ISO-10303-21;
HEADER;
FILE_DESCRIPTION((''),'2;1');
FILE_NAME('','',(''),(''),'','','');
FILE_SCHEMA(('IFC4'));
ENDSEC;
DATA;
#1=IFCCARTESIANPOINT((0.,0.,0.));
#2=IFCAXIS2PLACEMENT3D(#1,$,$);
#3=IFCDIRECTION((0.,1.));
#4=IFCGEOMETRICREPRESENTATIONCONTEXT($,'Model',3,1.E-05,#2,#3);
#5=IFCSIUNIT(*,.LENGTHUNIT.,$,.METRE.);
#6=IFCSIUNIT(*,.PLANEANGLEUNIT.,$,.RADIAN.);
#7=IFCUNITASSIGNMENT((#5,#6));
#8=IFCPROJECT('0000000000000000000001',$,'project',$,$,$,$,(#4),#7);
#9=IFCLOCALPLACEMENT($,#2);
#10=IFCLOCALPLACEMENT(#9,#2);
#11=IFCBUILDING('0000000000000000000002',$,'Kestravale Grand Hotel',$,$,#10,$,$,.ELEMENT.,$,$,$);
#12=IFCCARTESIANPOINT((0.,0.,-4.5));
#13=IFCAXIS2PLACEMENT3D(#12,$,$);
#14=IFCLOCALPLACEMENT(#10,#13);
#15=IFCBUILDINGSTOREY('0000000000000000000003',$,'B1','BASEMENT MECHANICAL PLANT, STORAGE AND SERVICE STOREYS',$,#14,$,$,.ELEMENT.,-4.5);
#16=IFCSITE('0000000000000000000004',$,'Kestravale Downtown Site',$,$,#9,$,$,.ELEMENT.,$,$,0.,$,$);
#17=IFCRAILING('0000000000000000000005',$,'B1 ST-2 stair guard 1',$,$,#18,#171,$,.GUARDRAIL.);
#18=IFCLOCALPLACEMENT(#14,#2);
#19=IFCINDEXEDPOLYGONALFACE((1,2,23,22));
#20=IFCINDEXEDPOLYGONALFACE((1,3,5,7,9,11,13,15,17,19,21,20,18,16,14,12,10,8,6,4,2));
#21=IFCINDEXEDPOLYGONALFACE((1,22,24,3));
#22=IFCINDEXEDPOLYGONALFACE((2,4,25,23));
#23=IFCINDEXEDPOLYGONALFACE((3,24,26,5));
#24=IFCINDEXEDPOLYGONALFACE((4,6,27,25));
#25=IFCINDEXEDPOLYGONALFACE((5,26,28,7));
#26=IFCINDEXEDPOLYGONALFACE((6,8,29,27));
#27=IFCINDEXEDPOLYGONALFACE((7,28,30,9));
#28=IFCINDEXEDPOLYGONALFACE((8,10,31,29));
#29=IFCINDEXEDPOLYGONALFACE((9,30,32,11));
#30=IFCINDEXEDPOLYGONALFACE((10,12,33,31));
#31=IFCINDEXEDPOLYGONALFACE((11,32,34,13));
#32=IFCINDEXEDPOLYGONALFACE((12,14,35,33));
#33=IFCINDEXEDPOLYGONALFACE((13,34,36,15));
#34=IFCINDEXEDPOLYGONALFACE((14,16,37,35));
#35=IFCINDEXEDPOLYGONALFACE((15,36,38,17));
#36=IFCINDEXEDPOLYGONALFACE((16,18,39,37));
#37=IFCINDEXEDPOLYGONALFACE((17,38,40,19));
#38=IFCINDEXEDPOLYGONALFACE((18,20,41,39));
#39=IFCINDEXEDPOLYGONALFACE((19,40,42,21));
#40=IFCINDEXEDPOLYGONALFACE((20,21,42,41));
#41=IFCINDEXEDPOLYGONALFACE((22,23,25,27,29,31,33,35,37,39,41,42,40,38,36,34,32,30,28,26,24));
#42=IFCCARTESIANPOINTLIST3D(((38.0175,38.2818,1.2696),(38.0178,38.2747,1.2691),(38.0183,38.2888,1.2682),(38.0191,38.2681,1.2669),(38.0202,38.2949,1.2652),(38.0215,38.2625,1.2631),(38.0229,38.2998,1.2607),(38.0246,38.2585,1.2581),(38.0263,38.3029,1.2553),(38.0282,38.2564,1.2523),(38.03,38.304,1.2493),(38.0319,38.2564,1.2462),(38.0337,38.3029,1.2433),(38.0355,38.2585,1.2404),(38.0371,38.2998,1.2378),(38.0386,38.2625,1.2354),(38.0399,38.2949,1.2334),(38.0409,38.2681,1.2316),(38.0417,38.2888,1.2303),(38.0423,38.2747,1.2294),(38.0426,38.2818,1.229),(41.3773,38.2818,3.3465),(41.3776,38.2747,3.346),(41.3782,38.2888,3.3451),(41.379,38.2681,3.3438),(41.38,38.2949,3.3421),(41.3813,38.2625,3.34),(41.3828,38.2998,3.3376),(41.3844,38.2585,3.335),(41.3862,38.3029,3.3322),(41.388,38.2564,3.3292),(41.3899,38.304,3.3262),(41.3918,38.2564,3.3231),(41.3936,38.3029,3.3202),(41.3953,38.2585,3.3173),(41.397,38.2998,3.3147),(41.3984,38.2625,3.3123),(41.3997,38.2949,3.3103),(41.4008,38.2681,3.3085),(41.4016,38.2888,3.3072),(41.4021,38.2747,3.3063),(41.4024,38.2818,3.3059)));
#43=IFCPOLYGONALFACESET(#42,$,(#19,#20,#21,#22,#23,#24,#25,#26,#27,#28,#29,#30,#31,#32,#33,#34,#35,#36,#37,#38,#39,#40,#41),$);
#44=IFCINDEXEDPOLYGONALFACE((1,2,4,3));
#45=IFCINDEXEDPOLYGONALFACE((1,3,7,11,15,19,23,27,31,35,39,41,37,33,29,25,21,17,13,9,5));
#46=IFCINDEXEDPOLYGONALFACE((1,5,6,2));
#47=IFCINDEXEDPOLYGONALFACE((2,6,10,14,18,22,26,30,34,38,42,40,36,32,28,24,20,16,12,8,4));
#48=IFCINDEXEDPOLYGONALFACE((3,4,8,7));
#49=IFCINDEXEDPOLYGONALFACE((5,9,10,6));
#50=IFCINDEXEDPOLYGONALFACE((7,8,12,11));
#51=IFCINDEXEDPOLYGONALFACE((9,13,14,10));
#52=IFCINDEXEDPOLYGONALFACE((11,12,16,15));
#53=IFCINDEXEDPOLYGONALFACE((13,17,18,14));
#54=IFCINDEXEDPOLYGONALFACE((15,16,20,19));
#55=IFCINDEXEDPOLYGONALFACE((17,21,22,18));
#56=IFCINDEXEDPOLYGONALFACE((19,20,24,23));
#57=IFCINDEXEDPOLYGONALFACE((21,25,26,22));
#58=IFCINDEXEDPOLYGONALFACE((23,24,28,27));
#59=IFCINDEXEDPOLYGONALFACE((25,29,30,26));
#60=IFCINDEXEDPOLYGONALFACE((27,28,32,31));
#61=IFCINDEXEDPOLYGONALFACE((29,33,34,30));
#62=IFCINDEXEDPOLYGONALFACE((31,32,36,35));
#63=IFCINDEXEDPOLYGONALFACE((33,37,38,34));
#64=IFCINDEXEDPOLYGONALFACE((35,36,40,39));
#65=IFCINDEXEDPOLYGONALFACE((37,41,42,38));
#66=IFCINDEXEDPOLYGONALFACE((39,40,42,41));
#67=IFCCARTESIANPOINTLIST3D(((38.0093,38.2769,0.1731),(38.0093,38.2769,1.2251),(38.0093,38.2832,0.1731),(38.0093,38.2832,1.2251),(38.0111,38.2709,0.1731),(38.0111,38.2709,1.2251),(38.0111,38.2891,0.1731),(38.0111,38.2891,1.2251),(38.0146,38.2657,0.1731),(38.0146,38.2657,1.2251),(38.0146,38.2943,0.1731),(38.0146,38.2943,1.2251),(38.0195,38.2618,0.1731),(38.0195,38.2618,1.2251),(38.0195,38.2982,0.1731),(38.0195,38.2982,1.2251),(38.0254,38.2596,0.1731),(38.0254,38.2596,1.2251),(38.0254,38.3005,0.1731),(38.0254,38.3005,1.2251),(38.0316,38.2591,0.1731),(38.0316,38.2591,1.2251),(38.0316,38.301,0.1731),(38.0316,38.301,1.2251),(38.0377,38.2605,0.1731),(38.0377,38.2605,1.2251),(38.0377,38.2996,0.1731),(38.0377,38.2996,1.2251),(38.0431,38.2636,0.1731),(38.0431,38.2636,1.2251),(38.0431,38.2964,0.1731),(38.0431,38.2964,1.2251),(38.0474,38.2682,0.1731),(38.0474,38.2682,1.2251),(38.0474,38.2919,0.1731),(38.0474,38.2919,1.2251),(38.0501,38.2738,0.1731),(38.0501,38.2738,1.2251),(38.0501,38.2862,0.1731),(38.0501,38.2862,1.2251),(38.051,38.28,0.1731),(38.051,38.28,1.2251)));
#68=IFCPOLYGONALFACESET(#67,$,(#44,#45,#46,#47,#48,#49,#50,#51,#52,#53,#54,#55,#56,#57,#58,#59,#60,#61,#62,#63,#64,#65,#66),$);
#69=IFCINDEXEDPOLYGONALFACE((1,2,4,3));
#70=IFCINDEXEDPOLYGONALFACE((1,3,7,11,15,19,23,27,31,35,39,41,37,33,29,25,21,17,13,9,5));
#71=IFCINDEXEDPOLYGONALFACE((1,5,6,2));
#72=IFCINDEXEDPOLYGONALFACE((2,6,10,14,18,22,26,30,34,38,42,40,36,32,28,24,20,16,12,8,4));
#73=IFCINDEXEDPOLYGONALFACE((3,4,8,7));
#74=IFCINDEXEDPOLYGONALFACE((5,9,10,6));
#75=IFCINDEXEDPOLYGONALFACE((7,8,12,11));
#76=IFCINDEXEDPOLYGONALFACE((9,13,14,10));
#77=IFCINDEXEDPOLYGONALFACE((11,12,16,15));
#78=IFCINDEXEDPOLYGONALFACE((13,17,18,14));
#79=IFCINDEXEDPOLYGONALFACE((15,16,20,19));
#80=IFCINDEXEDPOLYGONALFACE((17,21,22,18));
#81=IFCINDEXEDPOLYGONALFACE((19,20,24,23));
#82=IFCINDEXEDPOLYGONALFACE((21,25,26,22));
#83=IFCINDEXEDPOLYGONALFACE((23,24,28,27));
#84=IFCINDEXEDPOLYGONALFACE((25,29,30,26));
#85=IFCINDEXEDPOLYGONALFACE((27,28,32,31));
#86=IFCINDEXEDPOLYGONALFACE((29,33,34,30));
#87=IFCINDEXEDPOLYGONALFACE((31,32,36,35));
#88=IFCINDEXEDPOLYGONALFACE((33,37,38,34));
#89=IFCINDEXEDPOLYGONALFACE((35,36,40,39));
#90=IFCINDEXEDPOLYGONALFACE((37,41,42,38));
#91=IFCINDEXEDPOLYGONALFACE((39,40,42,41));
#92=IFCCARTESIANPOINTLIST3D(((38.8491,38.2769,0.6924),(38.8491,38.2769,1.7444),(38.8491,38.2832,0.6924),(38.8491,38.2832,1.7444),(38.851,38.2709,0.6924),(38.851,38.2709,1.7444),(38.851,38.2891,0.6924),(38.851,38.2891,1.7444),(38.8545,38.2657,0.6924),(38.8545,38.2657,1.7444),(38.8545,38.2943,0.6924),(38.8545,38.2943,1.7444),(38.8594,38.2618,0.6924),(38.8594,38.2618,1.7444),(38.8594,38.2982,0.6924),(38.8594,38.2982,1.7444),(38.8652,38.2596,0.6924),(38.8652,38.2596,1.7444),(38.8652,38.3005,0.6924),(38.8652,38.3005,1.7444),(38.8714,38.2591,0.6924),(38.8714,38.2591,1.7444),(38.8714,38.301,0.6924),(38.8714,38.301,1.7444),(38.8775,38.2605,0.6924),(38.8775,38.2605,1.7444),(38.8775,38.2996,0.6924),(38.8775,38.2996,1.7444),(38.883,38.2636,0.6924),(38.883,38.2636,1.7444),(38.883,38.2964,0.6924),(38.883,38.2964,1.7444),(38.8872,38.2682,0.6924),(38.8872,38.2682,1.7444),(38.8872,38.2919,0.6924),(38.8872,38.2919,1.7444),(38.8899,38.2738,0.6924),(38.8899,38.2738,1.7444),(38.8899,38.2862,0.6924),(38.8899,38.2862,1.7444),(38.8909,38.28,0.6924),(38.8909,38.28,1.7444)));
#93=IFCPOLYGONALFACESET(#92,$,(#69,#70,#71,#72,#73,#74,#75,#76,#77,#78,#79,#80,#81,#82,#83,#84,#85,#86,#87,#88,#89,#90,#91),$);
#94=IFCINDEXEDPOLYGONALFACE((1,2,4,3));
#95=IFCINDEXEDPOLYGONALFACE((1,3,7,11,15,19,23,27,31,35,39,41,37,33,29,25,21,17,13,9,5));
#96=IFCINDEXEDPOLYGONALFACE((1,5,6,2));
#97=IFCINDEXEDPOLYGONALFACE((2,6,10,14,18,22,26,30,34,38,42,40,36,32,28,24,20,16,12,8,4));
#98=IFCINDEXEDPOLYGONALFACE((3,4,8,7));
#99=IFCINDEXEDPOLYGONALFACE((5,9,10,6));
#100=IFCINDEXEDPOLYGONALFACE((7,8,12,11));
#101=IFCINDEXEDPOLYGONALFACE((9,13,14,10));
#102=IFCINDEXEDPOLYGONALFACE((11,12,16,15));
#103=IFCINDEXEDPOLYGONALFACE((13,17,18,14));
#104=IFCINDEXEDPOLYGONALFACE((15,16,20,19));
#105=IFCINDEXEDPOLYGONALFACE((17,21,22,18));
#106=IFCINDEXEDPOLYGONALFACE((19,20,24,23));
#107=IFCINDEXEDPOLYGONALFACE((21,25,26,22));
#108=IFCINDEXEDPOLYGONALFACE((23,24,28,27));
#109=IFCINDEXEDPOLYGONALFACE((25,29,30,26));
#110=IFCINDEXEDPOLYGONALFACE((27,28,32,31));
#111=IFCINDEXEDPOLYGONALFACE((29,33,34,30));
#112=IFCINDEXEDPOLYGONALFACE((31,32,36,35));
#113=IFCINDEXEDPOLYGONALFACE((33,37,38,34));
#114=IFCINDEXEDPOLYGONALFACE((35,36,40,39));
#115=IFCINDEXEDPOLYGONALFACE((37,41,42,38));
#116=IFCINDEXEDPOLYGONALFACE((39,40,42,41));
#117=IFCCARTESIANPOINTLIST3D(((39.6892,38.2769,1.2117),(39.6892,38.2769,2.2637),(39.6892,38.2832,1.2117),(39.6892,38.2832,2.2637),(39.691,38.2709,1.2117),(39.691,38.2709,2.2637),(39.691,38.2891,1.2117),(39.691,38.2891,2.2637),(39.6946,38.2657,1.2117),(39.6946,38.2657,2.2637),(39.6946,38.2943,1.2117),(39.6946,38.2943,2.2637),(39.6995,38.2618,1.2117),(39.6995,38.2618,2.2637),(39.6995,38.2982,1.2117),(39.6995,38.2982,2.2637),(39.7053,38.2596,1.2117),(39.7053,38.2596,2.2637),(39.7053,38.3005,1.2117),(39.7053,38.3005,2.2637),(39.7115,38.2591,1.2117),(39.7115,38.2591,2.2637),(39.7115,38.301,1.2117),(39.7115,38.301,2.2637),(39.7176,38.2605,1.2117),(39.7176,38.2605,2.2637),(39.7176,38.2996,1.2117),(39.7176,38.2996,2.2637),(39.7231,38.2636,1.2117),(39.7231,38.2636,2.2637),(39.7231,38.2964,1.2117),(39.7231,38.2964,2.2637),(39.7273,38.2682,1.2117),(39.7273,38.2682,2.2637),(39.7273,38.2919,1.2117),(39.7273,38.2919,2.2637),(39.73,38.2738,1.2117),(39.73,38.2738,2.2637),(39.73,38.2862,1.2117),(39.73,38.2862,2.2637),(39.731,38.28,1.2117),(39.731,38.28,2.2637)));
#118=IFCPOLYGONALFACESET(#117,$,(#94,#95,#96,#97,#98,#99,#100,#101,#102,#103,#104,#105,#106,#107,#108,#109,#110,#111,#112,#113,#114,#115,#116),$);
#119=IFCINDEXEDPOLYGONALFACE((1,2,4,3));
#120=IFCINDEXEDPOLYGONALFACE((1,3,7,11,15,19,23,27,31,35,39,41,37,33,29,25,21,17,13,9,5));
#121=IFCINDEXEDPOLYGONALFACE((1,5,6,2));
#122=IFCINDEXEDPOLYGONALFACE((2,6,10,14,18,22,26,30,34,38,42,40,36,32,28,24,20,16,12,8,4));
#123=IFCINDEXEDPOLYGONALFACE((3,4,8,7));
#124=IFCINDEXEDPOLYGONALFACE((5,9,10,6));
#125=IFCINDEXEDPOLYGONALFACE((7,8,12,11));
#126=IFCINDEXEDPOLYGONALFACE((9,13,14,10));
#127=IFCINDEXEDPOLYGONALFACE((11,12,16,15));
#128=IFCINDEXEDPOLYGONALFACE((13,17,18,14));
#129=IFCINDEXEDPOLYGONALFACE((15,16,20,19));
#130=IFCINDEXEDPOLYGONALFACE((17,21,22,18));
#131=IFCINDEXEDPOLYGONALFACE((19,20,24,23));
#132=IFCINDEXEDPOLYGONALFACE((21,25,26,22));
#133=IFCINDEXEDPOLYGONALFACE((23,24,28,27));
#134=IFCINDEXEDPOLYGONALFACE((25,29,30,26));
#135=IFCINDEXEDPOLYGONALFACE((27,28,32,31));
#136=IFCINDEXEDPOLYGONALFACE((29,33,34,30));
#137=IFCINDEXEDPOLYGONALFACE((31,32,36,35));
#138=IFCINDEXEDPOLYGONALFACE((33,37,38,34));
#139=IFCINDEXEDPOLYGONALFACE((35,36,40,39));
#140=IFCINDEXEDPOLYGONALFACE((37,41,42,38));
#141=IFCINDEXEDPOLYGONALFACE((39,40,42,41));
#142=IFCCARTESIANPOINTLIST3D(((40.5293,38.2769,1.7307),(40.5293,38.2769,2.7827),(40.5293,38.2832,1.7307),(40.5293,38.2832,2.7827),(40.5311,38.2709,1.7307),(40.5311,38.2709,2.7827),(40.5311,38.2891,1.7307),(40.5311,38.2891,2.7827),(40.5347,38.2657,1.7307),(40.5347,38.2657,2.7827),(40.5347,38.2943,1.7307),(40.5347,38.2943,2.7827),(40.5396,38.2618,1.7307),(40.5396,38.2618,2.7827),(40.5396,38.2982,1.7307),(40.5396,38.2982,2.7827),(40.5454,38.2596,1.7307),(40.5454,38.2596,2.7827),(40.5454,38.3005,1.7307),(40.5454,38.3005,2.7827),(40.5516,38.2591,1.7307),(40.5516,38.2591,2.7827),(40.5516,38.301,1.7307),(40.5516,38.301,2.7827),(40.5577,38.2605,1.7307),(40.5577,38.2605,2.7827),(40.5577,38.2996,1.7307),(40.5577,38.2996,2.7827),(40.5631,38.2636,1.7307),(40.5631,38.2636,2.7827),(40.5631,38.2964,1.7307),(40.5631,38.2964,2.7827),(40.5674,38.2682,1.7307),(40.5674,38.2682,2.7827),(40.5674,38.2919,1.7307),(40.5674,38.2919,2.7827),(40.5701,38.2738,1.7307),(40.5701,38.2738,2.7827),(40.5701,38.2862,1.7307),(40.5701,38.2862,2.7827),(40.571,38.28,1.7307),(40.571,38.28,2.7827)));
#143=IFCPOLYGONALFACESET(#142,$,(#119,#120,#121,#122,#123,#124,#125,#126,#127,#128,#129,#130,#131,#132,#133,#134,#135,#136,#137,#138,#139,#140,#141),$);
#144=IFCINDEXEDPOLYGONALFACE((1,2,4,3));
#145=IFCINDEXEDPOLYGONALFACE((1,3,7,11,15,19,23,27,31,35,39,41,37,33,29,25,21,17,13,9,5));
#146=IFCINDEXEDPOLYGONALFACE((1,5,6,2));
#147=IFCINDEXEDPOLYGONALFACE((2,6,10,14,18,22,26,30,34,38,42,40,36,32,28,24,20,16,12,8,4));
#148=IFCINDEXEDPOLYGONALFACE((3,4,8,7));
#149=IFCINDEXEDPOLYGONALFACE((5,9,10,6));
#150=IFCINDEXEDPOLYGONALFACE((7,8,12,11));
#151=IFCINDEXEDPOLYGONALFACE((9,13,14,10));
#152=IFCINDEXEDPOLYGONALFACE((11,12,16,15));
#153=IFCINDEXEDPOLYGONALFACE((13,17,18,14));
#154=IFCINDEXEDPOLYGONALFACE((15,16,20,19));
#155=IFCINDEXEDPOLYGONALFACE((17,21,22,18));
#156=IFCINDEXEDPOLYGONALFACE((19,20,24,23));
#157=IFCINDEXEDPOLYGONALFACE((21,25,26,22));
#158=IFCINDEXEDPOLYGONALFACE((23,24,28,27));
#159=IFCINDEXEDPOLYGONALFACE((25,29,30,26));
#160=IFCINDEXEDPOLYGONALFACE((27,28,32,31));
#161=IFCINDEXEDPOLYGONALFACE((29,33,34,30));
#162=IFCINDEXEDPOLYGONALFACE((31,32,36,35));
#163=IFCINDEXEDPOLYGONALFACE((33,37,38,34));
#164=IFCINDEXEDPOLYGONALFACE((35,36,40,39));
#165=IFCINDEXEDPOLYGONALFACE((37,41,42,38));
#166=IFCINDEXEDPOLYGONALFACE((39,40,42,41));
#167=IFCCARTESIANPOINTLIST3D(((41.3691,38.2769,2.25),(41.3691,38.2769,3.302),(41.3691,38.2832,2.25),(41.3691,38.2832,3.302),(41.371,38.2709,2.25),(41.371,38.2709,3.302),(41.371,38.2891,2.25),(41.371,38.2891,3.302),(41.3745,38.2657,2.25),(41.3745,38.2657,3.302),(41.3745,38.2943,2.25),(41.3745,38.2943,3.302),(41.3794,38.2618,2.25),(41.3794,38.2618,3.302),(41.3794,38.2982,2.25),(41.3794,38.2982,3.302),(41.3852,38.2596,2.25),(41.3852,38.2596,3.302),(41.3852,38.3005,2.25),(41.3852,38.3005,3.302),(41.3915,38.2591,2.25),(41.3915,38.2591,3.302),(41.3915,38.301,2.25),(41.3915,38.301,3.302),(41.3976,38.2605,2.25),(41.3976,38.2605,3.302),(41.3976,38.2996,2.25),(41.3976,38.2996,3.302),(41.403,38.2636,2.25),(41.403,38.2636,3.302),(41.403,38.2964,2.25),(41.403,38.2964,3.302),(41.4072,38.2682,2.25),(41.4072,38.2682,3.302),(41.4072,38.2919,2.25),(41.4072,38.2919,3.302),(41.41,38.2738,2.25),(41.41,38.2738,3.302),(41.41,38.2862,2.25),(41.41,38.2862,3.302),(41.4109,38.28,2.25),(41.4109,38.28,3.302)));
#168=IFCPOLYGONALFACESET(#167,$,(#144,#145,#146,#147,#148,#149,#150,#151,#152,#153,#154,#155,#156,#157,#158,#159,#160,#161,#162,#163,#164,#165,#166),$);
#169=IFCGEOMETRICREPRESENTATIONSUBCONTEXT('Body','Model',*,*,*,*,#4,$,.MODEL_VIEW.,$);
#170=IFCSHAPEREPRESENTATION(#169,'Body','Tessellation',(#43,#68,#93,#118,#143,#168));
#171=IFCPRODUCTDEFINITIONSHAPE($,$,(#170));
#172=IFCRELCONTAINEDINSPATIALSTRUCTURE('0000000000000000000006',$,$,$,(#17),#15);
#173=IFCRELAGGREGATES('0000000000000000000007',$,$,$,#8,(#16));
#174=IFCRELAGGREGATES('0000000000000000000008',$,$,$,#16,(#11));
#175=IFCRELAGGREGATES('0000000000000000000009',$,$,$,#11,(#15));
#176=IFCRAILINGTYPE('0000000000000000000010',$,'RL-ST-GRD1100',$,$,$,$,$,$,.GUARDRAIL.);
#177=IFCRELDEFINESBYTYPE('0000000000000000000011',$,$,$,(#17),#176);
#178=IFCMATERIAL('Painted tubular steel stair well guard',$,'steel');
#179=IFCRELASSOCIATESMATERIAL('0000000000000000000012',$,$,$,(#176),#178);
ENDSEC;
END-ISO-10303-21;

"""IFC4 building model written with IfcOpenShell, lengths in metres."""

from ifc_helpers import new_model, si_unit, direction, frame, origin, origin_2d, place, context, subcontext, project, spatial, circle, extrude, material, type_object, element, save


model = new_model("IFC4")

# Units and contexts
model_context = context("Model", 3, precision=1e-05, world=origin(), true_north=direction((0.0, 1.0)))
body_context = subcontext(model_context, "Body", "Model", "MODEL_VIEW")
ifc_project = project(units=[si_unit("LENGTHUNIT", "METRE"), si_unit("PLANEANGLEUNIT", "RADIAN")], contexts=[model_context])

# Site, building, storey
site_placement = place(None, origin())
site = spatial("IfcSite", under=ifc_project, at=site_placement, Name="Kestravale Downtown Site", CompositionType="ELEMENT", RefElevation=0.0)
building_placement = place(site_placement, origin())
building = spatial("IfcBuilding", under=site, at=building_placement, Name="Kestravale Grand Hotel", CompositionType="ELEMENT")
storey_placement = place(building_placement, frame((0.0, 0.0, -4.5)))
storey = spatial("IfcBuildingStorey", under=building, at=storey_placement, Name="B1", Description="BASEMENT MECHANICAL PLANT, STORAGE AND SERVICE STOREYS", CompositionType="ELEMENT", Elevation=-4.5)

# Railing
ifc_material_1 = material(Name="Painted tubular steel stair well guard", Category="steel")
railing_type_1 = type_object("IfcRailingType", Name="RL-ST-GRD1100", PredefinedType="GUARDRAIL", material=ifc_material_1)
railing_1_placement = place(storey_placement, frame((38.03, 38.28, 0.1731)))
element("IfcRailing", 1, at=railing_1_placement, inside=storey, type_object=railing_type_1, Name="B1 ST-2 stair guard 1", PredefinedType="GUARDRAIL", context=body_context, shape_type="SweptSolid", body=[
    extrude(circle(Radius=0.0239, at=origin_2d()), frame((0.0, 0.0, 1.0762), z_axis=(0.850606, 0.0, 0.525803), x_axis=(0.0, 1.0, 0.0)), (0.0, 0.0, 1.0), 3.95),
    extrude(circle(Radius=0.021, at=origin_2d()), origin(), (0.0, 0.0, 1.0), 1.052),
    extrude(circle(Radius=0.021, at=origin_2d()), frame((0.8398, 0.0, 0.5193)), (0.0, 0.0, 1.0), 1.052),
    extrude(circle(Radius=0.021, at=origin_2d()), frame((1.6799, 0.0, 1.0386)), (0.0, 0.0, 1.0), 1.052),
    extrude(circle(Radius=0.021, at=origin_2d()), frame((2.52, 0.0, 1.5576)), (0.0, 0.0, 1.0), 1.052),
    extrude(circle(Radius=0.021, at=origin_2d()), frame((3.3599, 0.0, 2.0769)), (0.0, 0.0, 1.0), 1.052),
])

save(model, "model.ifc")
